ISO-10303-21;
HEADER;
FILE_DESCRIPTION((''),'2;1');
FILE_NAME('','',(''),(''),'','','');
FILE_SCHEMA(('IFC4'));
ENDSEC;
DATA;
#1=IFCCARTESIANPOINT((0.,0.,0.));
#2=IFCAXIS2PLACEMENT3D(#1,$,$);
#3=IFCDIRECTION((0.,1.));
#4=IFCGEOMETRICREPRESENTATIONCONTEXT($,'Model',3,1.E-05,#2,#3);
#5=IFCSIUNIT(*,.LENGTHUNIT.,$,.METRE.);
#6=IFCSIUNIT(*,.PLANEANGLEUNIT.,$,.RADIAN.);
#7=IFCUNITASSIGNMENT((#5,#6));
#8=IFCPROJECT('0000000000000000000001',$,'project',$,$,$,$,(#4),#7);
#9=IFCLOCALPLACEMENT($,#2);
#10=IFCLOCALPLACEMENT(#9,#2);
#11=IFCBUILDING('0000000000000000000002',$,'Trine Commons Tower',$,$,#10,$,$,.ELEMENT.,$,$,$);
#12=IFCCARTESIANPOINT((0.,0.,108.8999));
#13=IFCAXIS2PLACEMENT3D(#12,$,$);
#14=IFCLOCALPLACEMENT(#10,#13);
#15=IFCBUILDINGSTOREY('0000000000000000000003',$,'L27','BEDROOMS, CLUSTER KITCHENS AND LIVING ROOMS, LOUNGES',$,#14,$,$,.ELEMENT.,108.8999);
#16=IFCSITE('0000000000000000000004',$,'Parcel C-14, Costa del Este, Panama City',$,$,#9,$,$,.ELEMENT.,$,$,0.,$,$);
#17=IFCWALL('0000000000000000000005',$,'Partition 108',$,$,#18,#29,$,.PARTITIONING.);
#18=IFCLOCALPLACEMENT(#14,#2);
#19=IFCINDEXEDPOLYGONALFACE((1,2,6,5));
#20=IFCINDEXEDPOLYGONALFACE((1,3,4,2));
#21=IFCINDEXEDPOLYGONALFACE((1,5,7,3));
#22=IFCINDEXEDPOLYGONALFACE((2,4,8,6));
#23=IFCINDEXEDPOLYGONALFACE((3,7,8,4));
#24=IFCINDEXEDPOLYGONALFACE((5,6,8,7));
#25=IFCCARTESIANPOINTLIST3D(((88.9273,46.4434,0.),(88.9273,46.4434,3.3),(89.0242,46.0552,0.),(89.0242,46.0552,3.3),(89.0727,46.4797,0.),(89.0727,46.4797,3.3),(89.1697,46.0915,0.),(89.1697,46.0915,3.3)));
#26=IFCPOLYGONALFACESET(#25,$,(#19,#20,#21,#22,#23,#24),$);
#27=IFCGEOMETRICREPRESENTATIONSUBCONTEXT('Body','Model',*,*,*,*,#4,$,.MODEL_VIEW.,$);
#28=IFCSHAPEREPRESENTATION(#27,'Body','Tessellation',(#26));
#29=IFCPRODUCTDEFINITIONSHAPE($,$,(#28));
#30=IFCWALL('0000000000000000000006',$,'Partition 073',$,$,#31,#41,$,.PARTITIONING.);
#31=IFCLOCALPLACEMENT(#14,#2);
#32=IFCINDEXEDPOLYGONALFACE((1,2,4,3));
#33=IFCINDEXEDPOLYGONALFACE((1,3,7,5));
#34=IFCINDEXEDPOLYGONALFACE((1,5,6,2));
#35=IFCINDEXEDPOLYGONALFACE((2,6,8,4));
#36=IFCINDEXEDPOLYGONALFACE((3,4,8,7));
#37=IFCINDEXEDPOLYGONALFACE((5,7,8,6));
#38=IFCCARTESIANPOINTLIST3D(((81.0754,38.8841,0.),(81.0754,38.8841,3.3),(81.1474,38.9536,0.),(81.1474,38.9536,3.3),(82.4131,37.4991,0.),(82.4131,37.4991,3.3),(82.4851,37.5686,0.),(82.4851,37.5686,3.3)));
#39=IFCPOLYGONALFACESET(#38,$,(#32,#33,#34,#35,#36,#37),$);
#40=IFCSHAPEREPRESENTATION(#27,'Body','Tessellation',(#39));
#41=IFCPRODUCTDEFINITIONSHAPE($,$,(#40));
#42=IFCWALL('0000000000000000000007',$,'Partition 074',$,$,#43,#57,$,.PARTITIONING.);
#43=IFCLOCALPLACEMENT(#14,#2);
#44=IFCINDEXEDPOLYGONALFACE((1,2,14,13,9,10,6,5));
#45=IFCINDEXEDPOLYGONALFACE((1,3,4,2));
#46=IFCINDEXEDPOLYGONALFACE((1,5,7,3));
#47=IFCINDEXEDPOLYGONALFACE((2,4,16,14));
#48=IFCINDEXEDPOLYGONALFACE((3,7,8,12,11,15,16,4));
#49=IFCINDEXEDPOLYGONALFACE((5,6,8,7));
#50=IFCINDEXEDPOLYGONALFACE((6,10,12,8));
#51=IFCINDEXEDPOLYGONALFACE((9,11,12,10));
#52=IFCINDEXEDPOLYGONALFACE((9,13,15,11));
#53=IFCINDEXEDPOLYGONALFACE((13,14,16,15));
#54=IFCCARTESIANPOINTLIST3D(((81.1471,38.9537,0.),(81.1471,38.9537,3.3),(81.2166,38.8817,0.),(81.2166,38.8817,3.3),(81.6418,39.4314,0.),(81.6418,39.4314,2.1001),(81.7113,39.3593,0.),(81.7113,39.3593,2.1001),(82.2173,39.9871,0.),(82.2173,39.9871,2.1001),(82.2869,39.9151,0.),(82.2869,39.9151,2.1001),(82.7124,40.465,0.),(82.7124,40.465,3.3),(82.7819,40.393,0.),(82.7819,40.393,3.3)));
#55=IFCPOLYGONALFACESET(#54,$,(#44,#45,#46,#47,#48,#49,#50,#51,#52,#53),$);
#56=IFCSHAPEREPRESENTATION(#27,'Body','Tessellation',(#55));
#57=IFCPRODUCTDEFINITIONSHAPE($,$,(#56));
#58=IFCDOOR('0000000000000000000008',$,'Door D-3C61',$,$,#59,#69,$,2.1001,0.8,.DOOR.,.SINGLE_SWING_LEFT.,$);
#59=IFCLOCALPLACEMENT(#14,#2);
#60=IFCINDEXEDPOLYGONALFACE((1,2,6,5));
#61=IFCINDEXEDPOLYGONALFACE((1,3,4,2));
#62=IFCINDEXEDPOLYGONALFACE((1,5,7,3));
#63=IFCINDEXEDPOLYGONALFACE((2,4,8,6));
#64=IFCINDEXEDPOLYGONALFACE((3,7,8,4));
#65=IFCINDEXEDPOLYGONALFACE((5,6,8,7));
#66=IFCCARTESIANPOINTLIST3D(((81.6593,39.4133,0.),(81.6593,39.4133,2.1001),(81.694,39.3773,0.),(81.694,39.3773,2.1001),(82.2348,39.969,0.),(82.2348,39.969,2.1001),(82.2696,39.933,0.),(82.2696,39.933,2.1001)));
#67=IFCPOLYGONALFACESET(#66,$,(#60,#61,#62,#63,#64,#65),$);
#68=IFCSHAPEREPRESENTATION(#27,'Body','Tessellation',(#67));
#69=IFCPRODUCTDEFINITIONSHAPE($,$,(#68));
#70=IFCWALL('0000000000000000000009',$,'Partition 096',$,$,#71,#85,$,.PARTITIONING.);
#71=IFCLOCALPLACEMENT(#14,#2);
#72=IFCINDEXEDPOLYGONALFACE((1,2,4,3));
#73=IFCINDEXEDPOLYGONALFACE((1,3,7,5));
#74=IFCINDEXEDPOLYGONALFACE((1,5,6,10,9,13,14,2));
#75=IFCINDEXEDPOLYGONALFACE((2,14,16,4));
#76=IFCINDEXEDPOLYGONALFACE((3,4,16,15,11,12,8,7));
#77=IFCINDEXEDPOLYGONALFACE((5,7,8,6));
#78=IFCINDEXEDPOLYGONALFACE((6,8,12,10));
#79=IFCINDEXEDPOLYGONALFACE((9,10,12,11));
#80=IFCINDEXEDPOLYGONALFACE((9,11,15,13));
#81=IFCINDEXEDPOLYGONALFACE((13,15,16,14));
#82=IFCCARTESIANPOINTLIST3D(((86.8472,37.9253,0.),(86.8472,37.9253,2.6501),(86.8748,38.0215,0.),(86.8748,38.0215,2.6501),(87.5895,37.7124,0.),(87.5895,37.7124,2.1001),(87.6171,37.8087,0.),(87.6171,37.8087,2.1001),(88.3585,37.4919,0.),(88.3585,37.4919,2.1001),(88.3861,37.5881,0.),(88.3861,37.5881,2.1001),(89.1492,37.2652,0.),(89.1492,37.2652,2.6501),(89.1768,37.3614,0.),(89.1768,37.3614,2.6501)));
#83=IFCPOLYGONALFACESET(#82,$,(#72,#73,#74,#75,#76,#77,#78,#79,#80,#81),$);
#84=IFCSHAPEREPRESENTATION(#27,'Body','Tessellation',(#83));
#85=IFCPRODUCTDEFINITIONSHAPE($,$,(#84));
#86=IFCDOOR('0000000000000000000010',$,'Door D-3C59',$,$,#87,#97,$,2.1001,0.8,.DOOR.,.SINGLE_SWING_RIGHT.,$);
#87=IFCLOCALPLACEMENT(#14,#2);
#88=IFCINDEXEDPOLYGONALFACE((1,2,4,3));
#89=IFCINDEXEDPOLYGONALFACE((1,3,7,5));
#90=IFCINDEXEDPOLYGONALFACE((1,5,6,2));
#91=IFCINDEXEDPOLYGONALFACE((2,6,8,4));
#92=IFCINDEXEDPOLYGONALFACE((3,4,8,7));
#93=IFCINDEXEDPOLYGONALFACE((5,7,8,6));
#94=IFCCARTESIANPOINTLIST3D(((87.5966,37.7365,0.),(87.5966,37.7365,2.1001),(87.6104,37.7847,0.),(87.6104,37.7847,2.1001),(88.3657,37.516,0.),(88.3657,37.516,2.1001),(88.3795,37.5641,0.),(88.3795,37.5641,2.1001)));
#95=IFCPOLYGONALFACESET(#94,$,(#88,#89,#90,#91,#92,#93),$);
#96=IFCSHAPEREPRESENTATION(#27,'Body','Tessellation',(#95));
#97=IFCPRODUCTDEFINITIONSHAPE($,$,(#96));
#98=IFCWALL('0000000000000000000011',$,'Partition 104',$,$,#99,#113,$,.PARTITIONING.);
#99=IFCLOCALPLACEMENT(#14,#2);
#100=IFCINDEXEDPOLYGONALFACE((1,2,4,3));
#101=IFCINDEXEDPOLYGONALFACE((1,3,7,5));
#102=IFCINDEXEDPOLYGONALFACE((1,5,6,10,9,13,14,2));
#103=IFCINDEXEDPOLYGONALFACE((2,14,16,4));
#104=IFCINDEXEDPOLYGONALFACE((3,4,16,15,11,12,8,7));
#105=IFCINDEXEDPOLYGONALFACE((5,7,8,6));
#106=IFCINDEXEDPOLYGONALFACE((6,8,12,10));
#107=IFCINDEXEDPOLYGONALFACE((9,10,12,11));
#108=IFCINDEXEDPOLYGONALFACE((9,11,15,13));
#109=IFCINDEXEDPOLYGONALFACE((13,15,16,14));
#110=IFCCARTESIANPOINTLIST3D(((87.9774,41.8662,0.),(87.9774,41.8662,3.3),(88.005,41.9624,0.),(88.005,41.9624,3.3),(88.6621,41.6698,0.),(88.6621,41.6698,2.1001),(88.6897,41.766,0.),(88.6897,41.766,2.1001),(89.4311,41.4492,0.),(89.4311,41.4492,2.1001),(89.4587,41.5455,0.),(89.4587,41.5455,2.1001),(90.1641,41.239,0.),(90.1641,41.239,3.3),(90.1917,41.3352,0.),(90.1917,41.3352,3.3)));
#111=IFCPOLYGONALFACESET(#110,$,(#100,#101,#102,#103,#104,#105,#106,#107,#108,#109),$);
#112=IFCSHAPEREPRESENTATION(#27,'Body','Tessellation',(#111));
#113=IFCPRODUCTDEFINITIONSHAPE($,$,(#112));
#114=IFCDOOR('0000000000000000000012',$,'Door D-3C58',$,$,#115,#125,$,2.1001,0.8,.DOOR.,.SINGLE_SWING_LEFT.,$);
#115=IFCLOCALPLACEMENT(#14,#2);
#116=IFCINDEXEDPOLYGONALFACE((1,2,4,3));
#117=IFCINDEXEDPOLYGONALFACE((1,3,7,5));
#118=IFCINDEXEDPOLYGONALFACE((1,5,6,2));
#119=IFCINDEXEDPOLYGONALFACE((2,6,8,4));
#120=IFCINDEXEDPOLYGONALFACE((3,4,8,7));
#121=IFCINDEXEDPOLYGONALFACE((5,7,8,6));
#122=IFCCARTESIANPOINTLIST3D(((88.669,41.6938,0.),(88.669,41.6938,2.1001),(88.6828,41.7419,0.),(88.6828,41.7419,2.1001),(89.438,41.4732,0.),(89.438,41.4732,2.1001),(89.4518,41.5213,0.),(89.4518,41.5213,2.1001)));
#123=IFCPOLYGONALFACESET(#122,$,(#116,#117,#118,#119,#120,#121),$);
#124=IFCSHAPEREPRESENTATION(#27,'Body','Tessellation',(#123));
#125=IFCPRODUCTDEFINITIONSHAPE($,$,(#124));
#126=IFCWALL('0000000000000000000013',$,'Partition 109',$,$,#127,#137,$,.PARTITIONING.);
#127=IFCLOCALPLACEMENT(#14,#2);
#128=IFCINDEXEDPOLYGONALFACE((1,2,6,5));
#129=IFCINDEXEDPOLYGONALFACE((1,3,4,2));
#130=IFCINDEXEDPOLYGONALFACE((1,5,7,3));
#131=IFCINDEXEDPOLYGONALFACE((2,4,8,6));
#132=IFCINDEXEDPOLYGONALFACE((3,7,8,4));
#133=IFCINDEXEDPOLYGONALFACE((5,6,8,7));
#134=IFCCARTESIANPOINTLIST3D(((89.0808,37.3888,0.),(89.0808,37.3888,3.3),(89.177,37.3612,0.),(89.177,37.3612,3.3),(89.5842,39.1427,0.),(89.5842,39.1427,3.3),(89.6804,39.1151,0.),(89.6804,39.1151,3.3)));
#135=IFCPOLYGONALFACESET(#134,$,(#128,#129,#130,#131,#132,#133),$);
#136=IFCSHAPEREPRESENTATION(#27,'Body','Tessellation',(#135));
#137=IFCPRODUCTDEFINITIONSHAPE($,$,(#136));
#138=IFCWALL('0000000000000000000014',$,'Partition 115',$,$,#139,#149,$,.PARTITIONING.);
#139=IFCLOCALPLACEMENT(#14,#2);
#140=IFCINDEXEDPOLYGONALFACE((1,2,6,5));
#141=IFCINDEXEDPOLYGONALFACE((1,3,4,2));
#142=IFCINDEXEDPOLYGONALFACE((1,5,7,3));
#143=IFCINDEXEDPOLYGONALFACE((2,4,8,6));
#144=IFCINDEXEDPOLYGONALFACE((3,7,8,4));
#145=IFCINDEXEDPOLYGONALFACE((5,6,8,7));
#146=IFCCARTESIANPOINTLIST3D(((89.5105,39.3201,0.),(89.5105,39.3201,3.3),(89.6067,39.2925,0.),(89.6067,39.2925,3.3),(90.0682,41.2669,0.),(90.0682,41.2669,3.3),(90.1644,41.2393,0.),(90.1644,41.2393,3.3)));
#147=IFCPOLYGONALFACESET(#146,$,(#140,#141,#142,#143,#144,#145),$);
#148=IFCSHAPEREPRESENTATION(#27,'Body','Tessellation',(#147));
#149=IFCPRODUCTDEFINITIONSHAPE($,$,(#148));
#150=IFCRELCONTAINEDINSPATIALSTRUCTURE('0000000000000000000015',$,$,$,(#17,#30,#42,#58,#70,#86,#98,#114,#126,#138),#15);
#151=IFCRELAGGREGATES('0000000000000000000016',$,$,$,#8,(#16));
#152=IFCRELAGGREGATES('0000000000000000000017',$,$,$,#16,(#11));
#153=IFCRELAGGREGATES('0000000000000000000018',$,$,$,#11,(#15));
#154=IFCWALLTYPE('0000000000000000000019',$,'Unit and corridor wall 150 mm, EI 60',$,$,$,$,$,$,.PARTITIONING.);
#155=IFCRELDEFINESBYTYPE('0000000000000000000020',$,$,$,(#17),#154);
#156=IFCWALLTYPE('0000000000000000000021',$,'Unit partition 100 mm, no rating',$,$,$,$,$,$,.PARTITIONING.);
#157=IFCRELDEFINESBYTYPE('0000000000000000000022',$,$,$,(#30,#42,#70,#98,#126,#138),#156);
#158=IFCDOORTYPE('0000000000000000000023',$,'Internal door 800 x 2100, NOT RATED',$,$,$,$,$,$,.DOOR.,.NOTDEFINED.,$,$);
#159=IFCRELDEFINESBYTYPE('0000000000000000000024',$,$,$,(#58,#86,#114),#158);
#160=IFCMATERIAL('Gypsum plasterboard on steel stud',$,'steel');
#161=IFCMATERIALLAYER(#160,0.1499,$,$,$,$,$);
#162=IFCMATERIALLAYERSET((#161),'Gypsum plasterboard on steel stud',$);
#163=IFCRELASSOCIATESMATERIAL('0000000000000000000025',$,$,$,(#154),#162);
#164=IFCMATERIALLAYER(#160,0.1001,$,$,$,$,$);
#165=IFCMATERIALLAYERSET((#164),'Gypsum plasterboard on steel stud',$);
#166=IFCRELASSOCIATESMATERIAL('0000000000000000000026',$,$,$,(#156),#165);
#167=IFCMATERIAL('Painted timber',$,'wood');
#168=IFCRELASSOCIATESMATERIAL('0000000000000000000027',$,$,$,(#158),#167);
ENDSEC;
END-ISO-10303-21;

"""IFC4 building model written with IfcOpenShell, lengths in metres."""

from ifc_helpers import new_model, si_unit, direction, frame, frame_2d, origin, place, context, subcontext, project, spatial, rectangle, extrude, material, layer, layer_set, type_object, element, fill, save


model = new_model("IFC4")

# Units and contexts
model_context = context("Model", 3, precision=1e-05, world=origin(), true_north=direction((0.0, 1.0)))
body_context = subcontext(model_context, "Body", "Model", "MODEL_VIEW")
ifc_project = project(units=[si_unit("LENGTHUNIT", "METRE"), si_unit("PLANEANGLEUNIT", "RADIAN")], contexts=[model_context])

# Site, building, storey
site_placement = place(None, origin())
site = spatial("IfcSite", under=ifc_project, at=site_placement, Name="Parcel C-14, Costa del Este, Panama City", CompositionType="ELEMENT", RefElevation=0.0)
building_placement = place(site_placement, origin())
building = spatial("IfcBuilding", under=site, at=building_placement, Name="Trine Commons Tower", CompositionType="ELEMENT")
storey_placement = place(building_placement, frame((0.0, 0.0, 108.8999)))
storey = spatial("IfcBuildingStorey", under=building, at=storey_placement, Name="L27", Description="BEDROOMS, CLUSTER KITCHENS AND LIVING ROOMS, LOUNGES", CompositionType="ELEMENT", Elevation=108.8999)

# Shared definitions
ifc_material_1 = material(Name="Gypsum plasterboard on steel stud", Category="steel")
ifc_layer_1 = layer(ifc_material_1, 0.1499)
ifc_layer_set_1 = layer_set([ifc_layer_1], Name="Gypsum plasterboard on steel stud")
wall_type_1 = type_object("IfcWallType", Name="Unit and corridor wall 150 mm, EI 60", PredefinedType="PARTITIONING", material=ifc_layer_set_1)

# Shared definitions
ifc_material_2 = material(Name="Painted timber", Category="wood")

# Walls
wall_1_placement = place(storey_placement, frame((89.0, 46.4617, 0.0), z_axis=(0.0, 0.0, 1.0), x_axis=(0.242248, -0.970214, 0.0)))
element("IfcWall", 1, at=wall_1_placement, inside=storey, type_object=wall_type_1, Name="Partition 108", PredefinedType="PARTITIONING", context=body_context, shape_type="SweptSolid", body=[
    extrude(rectangle(XDim=0.4001, YDim=0.1499, at=frame_2d((0.2002, 0.0))), origin(), (0.0, 0.0, 1.0), 3.3),
])
ifc_layer_2 = layer(ifc_material_1, 0.1001)
ifc_layer_set_2 = layer_set([ifc_layer_2], Name="Gypsum plasterboard on steel stud")
wall_type_2 = type_object("IfcWallType", Name="Unit partition 100 mm, no rating", PredefinedType="PARTITIONING", material=ifc_layer_set_2)
wall_2_placement = place(storey_placement, frame((81.1113, 38.9189, 0.0), z_axis=(0.0, 0.0, 1.0), x_axis=(0.694701, -0.719299, 0.0)))
element("IfcWall", 2, at=wall_2_placement, inside=storey, type_object=wall_type_2, Name="Partition 073", PredefinedType="PARTITIONING", context=body_context, shape_type="SweptSolid", body=[
    extrude(rectangle(XDim=1.9255, YDim=0.1001, at=frame_2d((0.9629, 0.0))), origin(), (0.0, 0.0, 1.0), 3.3),
])

# Walls, openings, doors
wall_3_placement = place(storey_placement, frame((81.1819, 38.9177, 0.0), z_axis=(0.0, 0.0, 1.0), x_axis=(0.719398, 0.694599, 0.0)))
wall_3 = element("IfcWall", 3, at=wall_3_placement, inside=storey, type_object=wall_type_2, Name="Partition 074", PredefinedType="PARTITIONING", context=body_context, shape_type="SweptSolid", body=[
    extrude(rectangle(XDim=2.1758, YDim=0.1001, at=frame_2d((1.0879, 0.0))), origin(), (0.0, 0.0, 1.0), 3.3),
])
opening_1_placement = place(wall_3_placement, frame((0.6877, 0.0, 0.0)))
opening_1 = element("IfcOpeningElement", 4, at=opening_1_placement, cuts=wall_3, PredefinedType="OPENING", context=body_context, shape_type="SweptSolid", body=[
    extrude(rectangle(XDim=0.8, YDim=2.1001, at=frame_2d((0.3999, 1.05))), frame((0.0, 0.0601, 0.0), z_axis=(0.0, -1.0, 0.0), x_axis=(1.0, 0.0, 0.0)), (0.0, 0.0, 1.0), 0.1201),
])
door_type_1 = type_object("IfcDoorType", Name="Internal door 800 x 2100, NOT RATED", OperationType="NOTDEFINED", PredefinedType="DOOR", material=ifc_material_2)
door_1_placement = place(opening_1_placement, origin())
door_1 = element("IfcDoor", 5, at=door_1_placement, inside=storey, type_object=door_type_1, Name="Door D-3C61", OperationType="SINGLE_SWING_LEFT", OverallHeight=2.1001, OverallWidth=0.8, PredefinedType="DOOR", context=body_context, shape_type="SweptSolid", body=[
    extrude(rectangle(XDim=0.8, YDim=2.1001, at=frame_2d((0.3999, 1.05))), frame((0.0, 0.0249, 0.0), z_axis=(0.0, -1.0, 0.0), x_axis=(1.0, 0.0, 0.0)), (0.0, 0.0, 1.0), 0.05),
])
fill(opening_1, door_1)
wall_4_placement = place(storey_placement, frame((86.8611, 37.9734, 0.0), z_axis=(0.0, 0.0, 1.0), x_axis=(0.961254, -0.275664, 0.0)))
wall_4 = element("IfcWall", 6, at=wall_4_placement, inside=storey, type_object=wall_type_2, Name="Partition 096", PredefinedType="PARTITIONING", context=body_context, shape_type="SweptSolid", body=[
    extrude(rectangle(XDim=2.3948, YDim=0.1001, at=frame_2d((1.1973, 0.0))), origin(), (0.0, 0.0, 1.0), 2.6501),
])
opening_2_placement = place(wall_4_placement, frame((0.7722, 0.0, 0.0)))
opening_2 = element("IfcOpeningElement", 7, at=opening_2_placement, cuts=wall_4, PredefinedType="OPENING", context=body_context, shape_type="SweptSolid", body=[
    extrude(rectangle(XDim=0.8, YDim=2.1001, at=frame_2d((0.3999, 1.05))), frame((0.0, 0.0601, 0.0), z_axis=(0.0, -1.0, 0.0), x_axis=(1.0, 0.0, 0.0)), (0.0, 0.0, 1.0), 0.1201),
])
door_2_placement = place(opening_2_placement, frame((0.8, 0.0, 0.0), z_axis=(0.0, 0.0, 1.0), x_axis=(-1.0, 0.0, 0.0)))
door_2 = element("IfcDoor", 8, at=door_2_placement, inside=storey, type_object=door_type_1, Name="Door D-3C59", OperationType="SINGLE_SWING_RIGHT", OverallHeight=2.1001, OverallWidth=0.8, PredefinedType="DOOR", context=body_context, shape_type="SweptSolid", body=[
    extrude(rectangle(XDim=0.8, YDim=2.1001, at=frame_2d((0.3999, 1.05))), frame((0.0, 0.0249, 0.0), z_axis=(0.0, -1.0, 0.0), x_axis=(1.0, 0.0, 0.0)), (0.0, 0.0, 1.0), 0.05),
])
fill(opening_2, door_2)
wall_5_placement = place(storey_placement, frame((87.9912, 41.9143, 0.0), z_axis=(0.0, 0.0, 1.0), x_axis=(0.961244, -0.275699, 0.0)))
wall_5 = element("IfcWall", 9, at=wall_5_placement, inside=storey, type_object=wall_type_2, Name="Partition 104", PredefinedType="PARTITIONING", context=body_context, shape_type="SweptSolid", body=[
    extrude(rectangle(XDim=2.2749, YDim=0.1001, at=frame_2d((1.1375, 0.0))), origin(), (0.0, 0.0, 1.0), 3.3),
])
opening_3_placement = place(wall_5_placement, frame((0.7124, 0.0, 0.0)))
opening_3 = element("IfcOpeningElement", 10, at=opening_3_placement, cuts=wall_5, PredefinedType="OPENING", context=body_context, shape_type="SweptSolid", body=[
    extrude(rectangle(XDim=0.8, YDim=2.1001, at=frame_2d((0.3999, 1.05))), frame((0.0, 0.0601, 0.0), z_axis=(0.0, -1.0, 0.0), x_axis=(1.0, 0.0, 0.0)), (0.0, 0.0, 1.0), 0.1201),
])
door_3_placement = place(opening_3_placement, origin())
door_3 = element("IfcDoor", 11, at=door_3_placement, inside=storey, type_object=door_type_1, Name="Door D-3C58", OperationType="SINGLE_SWING_LEFT", OverallHeight=2.1001, OverallWidth=0.8, PredefinedType="DOOR", context=body_context, shape_type="SweptSolid", body=[
    extrude(rectangle(XDim=0.8, YDim=2.1001, at=frame_2d((0.3999, 1.05))), frame((0.0, 0.0249, 0.0), z_axis=(0.0, -1.0, 0.0), x_axis=(1.0, 0.0, 0.0)), (0.0, 0.0, 1.0), 0.05),
])
fill(opening_3, door_3)

# Walls
wall_6_placement = place(storey_placement, frame((89.1289, 37.375, 0.0), z_axis=(0.0, 0.0, 1.0), x_axis=(0.275887, 0.96119, 0.0)))
element("IfcWall", 12, at=wall_6_placement, inside=storey, type_object=wall_type_2, Name="Partition 109", PredefinedType="PARTITIONING", context=body_context, shape_type="SweptSolid", body=[
    extrude(rectangle(XDim=1.8247, YDim=0.1001, at=frame_2d((0.9124, 0.0))), origin(), (0.0, 0.0, 1.0), 3.3),
])
wall_7_placement = place(storey_placement, frame((89.5586, 39.3062, 0.0), z_axis=(0.0, 0.0, 1.0), x_axis=(0.275358, 0.961342, 0.0)))
element("IfcWall", 13, at=wall_7_placement, inside=storey, type_object=wall_type_2, Name="Partition 115", PredefinedType="PARTITIONING", context=body_context, shape_type="SweptSolid", body=[
    extrude(rectangle(XDim=2.0251, YDim=0.1001, at=frame_2d((1.0127, 0.0))), origin(), (0.0, 0.0, 1.0), 3.3),
])

save(model, "model.ifc")
